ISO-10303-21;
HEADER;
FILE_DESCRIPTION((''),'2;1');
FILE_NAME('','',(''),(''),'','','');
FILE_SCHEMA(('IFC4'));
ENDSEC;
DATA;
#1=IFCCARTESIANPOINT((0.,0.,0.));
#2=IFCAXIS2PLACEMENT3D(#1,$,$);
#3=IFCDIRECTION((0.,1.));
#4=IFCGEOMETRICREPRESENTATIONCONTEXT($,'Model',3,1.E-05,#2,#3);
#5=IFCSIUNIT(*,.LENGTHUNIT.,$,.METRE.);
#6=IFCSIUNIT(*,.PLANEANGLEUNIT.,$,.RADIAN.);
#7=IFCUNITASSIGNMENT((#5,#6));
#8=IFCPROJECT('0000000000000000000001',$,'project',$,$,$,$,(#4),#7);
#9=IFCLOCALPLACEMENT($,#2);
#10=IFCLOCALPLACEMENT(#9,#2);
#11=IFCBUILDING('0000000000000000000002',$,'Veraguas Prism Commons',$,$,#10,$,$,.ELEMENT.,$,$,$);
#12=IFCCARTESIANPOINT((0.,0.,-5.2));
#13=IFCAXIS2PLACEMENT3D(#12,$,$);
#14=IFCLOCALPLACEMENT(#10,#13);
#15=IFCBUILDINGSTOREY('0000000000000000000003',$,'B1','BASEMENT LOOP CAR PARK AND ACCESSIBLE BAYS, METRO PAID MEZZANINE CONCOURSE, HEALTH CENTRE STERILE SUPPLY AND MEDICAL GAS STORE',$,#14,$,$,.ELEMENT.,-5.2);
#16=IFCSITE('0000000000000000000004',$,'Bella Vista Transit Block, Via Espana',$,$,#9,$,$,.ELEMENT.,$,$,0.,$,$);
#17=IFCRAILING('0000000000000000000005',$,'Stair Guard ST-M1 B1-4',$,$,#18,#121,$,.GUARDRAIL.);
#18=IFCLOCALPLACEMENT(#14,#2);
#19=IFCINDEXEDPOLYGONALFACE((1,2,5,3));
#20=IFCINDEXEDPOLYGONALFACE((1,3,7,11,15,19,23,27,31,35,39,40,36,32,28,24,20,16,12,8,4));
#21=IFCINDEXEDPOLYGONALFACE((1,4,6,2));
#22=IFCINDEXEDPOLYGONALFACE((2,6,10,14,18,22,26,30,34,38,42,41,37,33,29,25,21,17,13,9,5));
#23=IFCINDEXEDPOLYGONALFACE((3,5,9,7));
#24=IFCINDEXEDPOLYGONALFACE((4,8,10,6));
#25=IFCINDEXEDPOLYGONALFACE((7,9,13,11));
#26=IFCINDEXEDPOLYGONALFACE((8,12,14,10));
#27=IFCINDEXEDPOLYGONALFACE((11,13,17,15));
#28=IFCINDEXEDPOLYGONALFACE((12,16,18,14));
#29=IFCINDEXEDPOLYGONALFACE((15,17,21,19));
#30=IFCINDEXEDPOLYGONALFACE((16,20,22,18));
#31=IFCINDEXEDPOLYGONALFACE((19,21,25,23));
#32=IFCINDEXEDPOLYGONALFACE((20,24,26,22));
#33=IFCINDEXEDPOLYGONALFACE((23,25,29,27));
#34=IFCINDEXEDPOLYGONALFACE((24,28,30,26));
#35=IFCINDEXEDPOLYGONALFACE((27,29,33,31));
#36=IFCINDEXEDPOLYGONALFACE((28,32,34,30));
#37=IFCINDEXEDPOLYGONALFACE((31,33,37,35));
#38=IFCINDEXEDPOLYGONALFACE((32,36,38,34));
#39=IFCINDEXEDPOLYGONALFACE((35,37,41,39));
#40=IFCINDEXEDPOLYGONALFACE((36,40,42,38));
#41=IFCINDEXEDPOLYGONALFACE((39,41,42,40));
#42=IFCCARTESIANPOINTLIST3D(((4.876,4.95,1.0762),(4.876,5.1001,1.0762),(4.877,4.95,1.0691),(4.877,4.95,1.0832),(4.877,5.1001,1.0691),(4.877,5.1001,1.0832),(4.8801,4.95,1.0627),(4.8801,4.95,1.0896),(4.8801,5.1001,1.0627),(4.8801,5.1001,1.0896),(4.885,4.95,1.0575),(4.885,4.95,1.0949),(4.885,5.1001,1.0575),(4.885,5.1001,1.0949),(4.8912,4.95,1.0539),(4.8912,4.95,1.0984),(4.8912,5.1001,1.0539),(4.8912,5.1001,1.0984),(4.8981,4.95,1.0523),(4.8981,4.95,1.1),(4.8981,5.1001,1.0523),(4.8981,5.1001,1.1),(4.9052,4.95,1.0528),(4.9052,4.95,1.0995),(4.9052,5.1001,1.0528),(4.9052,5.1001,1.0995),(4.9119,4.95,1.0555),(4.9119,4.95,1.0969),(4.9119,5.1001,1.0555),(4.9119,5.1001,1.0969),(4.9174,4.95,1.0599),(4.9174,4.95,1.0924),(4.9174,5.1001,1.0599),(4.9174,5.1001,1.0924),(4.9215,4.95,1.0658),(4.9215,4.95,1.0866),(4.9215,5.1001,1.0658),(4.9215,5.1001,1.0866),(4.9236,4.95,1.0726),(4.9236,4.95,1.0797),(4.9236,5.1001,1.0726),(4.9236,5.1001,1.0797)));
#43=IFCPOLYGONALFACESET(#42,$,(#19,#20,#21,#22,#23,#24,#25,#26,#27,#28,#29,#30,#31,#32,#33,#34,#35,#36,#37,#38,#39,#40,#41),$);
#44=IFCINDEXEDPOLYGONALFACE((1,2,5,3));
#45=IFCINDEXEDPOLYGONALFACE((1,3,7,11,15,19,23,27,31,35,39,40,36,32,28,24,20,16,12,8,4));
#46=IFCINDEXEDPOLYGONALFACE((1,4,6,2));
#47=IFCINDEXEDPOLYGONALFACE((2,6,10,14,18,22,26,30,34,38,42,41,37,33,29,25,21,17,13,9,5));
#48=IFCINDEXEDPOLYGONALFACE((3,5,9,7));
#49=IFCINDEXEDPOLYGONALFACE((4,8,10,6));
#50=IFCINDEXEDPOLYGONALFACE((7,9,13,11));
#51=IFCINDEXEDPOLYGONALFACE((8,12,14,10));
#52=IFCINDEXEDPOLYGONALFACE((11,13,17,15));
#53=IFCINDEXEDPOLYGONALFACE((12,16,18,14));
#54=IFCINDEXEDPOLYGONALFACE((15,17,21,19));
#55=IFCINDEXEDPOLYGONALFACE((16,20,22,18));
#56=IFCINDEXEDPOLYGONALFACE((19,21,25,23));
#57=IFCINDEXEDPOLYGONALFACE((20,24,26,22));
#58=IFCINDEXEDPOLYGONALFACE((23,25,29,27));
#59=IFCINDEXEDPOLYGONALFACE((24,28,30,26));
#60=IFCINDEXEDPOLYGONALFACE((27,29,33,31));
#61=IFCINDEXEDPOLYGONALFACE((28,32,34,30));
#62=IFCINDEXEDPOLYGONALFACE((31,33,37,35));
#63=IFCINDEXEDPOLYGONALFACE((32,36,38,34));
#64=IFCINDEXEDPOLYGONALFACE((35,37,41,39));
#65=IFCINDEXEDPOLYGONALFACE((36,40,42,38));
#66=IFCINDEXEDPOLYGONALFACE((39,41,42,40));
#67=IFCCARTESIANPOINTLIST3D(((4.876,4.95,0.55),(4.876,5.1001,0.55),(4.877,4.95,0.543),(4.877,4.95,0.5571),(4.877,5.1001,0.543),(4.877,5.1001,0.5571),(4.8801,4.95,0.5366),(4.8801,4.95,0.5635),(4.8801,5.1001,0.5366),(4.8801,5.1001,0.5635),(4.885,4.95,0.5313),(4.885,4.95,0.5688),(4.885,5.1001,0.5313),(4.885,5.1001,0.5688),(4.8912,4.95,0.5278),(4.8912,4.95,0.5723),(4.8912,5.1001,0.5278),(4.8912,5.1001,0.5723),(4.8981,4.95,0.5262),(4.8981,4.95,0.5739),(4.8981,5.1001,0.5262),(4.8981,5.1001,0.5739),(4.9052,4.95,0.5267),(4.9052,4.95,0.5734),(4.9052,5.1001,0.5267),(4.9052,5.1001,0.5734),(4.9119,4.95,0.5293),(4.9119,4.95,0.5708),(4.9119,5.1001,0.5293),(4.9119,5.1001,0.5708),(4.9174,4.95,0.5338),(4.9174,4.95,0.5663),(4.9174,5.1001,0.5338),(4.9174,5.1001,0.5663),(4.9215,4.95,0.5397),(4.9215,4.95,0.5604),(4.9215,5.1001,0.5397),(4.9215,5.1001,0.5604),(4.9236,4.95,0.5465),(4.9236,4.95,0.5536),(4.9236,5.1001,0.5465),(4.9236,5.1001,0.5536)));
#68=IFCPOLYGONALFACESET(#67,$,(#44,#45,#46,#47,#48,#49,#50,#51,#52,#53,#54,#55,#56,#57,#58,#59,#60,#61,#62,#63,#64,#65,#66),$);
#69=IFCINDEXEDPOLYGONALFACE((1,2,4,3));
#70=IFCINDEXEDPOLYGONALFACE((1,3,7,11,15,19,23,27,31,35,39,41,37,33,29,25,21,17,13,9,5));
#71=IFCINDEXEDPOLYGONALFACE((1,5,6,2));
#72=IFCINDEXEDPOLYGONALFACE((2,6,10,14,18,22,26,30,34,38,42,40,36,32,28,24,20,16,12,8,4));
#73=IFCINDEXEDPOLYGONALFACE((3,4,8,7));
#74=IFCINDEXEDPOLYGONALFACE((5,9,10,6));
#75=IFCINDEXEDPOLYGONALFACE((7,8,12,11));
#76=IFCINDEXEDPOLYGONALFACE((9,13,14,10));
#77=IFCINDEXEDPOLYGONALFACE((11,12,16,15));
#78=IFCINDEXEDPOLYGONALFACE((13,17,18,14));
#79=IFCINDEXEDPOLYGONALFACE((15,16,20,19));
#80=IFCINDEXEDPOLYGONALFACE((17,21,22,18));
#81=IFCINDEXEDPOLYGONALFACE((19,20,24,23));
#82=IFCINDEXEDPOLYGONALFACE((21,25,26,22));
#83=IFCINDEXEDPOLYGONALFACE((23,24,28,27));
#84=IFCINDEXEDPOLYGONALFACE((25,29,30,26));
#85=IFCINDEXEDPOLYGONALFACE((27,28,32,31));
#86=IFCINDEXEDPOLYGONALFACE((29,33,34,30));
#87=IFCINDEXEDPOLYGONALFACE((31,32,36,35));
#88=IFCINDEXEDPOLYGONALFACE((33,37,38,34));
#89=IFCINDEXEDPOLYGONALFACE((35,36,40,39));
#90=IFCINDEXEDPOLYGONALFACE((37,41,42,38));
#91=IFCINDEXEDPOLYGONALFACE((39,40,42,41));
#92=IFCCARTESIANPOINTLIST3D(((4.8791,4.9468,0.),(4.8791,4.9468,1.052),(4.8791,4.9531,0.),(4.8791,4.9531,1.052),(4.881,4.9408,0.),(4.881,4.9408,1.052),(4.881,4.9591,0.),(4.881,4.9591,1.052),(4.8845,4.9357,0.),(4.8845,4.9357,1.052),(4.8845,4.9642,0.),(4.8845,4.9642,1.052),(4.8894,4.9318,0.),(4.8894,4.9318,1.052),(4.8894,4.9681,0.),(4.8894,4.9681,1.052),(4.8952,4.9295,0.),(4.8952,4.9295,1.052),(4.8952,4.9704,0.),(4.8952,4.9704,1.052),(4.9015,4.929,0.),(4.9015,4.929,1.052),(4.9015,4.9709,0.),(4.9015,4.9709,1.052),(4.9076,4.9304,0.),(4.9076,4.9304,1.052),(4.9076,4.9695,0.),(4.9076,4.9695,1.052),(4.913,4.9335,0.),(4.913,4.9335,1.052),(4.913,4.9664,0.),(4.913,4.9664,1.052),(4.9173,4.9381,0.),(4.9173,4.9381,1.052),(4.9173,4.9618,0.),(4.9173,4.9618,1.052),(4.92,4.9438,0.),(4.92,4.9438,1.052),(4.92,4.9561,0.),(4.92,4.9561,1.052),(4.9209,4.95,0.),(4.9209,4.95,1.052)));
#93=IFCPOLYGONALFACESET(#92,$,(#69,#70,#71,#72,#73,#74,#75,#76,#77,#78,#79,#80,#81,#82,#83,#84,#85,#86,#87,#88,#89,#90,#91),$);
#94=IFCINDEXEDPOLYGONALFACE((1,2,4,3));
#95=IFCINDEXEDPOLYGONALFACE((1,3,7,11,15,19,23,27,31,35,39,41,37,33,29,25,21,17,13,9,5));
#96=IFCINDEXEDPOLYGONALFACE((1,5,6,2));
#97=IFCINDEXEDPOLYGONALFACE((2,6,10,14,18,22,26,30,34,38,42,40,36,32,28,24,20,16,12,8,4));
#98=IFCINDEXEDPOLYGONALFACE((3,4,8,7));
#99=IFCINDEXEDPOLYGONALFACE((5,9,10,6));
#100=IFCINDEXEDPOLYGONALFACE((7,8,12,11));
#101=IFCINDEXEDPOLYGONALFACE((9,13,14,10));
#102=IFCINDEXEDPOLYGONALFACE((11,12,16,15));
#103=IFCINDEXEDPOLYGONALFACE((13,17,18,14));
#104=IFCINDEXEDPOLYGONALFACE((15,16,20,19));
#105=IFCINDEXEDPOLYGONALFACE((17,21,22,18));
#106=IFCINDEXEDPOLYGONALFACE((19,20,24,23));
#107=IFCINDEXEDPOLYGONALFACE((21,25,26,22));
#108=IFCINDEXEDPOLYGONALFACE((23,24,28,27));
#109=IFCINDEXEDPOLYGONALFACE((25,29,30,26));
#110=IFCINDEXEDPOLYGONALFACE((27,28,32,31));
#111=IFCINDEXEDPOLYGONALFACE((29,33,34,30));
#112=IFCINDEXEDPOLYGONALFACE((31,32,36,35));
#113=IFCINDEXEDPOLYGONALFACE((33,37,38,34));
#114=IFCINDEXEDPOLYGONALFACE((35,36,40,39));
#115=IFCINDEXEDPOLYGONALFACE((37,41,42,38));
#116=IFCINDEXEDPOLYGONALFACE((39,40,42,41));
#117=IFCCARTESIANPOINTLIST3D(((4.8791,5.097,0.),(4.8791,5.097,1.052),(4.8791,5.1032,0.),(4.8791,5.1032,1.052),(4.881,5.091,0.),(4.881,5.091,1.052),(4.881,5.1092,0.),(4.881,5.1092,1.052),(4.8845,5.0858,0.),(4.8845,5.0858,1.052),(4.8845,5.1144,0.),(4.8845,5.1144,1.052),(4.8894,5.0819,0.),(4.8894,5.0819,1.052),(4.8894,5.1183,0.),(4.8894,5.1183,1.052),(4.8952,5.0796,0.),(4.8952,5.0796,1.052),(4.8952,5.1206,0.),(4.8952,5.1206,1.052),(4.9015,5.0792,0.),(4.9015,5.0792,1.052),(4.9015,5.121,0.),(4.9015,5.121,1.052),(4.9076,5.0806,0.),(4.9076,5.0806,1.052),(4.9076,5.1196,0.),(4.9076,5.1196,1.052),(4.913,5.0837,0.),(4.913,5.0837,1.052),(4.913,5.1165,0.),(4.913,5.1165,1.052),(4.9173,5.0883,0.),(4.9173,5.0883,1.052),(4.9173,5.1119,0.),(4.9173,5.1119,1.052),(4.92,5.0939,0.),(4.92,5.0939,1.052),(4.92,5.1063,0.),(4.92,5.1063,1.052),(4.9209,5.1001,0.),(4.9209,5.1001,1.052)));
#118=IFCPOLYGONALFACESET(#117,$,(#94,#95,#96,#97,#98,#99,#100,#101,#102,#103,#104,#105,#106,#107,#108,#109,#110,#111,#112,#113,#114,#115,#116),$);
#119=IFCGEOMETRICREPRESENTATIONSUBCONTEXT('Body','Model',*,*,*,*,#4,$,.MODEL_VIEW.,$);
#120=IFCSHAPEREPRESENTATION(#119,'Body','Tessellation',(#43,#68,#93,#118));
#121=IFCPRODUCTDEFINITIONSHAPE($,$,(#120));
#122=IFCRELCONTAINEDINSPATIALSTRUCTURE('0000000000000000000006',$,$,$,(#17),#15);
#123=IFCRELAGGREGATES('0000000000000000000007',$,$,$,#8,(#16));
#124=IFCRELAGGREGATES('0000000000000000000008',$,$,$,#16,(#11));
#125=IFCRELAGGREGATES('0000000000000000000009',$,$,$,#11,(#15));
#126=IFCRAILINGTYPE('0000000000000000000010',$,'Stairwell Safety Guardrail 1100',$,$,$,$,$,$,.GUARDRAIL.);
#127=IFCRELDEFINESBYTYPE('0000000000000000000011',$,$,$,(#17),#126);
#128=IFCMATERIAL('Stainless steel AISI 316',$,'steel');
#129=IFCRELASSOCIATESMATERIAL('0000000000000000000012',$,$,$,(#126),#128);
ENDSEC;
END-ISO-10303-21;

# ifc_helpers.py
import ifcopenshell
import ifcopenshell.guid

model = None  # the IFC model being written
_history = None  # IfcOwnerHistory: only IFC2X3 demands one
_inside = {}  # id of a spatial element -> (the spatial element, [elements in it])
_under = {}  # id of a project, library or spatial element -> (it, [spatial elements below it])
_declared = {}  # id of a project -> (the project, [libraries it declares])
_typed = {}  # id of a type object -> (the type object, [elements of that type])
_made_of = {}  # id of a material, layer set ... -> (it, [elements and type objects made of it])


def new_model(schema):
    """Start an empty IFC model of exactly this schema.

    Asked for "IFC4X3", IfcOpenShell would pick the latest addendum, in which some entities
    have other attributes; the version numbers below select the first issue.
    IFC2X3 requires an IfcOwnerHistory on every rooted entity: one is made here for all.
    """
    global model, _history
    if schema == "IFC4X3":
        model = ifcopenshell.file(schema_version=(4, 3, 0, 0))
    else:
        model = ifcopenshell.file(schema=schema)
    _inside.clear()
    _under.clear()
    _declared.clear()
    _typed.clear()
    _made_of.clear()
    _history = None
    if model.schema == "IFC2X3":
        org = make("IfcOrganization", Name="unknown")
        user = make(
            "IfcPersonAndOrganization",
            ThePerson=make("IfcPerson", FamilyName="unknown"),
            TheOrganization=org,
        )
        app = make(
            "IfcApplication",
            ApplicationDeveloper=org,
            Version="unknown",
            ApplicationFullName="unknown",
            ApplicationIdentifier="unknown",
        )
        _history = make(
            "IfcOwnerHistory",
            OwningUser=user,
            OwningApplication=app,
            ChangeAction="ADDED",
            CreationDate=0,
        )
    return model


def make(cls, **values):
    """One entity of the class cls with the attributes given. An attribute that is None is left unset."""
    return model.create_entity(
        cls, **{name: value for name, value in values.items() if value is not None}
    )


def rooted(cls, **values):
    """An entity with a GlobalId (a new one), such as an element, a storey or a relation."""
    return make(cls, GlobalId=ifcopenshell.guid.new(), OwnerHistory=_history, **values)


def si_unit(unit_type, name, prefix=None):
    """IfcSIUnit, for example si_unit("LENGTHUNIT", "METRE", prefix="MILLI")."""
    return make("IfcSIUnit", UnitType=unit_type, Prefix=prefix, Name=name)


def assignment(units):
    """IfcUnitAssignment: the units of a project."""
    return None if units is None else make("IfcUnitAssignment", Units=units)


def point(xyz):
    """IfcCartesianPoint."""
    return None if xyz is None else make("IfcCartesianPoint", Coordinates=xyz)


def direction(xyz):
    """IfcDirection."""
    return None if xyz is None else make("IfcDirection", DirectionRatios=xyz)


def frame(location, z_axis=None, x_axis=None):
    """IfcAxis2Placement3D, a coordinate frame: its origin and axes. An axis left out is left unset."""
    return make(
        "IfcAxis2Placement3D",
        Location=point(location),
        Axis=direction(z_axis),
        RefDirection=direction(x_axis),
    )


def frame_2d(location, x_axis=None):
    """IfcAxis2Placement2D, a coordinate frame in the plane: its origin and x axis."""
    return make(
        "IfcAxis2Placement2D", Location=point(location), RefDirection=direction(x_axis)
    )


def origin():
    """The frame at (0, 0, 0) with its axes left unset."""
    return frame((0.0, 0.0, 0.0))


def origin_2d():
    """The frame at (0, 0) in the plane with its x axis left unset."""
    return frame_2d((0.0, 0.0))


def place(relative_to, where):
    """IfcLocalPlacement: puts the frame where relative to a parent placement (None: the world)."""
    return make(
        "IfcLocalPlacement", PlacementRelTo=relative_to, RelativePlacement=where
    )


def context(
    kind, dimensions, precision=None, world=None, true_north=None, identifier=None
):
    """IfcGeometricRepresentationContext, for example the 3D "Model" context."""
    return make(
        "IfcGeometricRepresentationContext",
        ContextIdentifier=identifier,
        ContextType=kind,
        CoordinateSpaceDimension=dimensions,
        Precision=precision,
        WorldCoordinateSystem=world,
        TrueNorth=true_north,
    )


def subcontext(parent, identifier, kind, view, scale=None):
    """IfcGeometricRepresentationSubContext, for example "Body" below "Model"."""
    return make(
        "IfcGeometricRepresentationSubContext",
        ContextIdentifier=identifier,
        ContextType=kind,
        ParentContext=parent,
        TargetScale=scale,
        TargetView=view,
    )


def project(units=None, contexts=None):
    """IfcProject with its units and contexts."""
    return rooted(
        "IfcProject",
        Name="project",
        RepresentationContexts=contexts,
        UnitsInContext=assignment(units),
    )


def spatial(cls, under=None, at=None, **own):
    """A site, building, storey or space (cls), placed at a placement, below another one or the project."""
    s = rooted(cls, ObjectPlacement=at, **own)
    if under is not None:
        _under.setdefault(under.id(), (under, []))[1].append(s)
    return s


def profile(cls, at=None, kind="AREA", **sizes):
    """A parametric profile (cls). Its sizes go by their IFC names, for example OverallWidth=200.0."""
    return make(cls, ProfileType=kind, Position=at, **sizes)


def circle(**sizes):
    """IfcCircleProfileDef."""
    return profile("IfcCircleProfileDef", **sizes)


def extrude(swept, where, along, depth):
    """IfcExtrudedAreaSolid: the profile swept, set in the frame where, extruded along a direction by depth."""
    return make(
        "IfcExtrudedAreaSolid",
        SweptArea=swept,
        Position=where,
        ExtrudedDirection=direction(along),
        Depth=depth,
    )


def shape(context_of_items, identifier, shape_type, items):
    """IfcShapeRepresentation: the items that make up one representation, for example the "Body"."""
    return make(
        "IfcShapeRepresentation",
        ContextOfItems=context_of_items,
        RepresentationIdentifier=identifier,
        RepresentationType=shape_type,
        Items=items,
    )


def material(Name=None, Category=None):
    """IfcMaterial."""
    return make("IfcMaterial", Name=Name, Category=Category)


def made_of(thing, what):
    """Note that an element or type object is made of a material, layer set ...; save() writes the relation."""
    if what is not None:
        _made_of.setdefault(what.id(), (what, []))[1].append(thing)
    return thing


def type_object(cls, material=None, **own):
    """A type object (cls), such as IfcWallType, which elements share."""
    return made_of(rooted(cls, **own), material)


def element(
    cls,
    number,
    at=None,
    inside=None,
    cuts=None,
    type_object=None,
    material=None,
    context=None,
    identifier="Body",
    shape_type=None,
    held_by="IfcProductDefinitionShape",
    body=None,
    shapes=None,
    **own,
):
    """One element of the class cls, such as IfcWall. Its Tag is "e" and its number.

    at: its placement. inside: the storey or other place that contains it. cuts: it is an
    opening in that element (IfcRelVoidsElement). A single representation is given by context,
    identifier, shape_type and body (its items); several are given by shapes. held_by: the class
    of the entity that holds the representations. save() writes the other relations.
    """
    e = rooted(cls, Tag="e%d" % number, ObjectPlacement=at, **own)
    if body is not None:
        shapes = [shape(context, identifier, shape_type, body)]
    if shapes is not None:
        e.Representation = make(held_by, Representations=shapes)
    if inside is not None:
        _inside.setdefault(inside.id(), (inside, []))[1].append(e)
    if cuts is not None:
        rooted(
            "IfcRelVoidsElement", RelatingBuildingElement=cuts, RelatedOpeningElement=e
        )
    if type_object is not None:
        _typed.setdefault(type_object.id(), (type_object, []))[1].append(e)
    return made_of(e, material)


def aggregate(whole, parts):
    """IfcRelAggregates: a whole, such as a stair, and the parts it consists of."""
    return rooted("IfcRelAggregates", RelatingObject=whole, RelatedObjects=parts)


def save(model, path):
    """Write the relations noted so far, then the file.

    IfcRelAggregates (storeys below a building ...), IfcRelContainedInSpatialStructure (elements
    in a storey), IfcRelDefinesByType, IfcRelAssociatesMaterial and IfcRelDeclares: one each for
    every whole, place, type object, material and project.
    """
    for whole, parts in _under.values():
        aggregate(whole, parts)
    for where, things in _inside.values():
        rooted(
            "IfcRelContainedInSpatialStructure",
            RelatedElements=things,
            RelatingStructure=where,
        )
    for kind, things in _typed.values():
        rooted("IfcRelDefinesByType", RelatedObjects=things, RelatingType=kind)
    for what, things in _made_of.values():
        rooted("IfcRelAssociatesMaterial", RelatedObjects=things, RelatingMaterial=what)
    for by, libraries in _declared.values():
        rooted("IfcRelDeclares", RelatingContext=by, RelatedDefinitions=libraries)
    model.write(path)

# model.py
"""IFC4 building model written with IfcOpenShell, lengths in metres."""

from ifc_helpers import new_model, si_unit, direction, frame, origin, origin_2d, place, context, subcontext, project, spatial, circle, extrude, material, type_object, element, save


model = new_model("IFC4")

# Units and contexts
model_context = context("Model", 3, precision=1e-05, world=origin(), true_north=direction((0.0, 1.0)))
body_context = subcontext(model_context, "Body", "Model", "MODEL_VIEW")
ifc_project = project(units=[si_unit("LENGTHUNIT", "METRE"), si_unit("PLANEANGLEUNIT", "RADIAN")], contexts=[model_context])

# Site, building, storey
site_placement = place(None, origin())
site = spatial("IfcSite", under=ifc_project, at=site_placement, Name="Bella Vista Transit Block, Via Espana", CompositionType="ELEMENT", RefElevation=0.0)
building_placement = place(site_placement, origin())
building = spatial("IfcBuilding", under=site, at=building_placement, Name="Veraguas Prism Commons", CompositionType="ELEMENT")
storey_placement = place(building_placement, frame((0.0, 0.0, -5.2)))
storey = spatial("IfcBuildingStorey", under=building, at=storey_placement, Name="B1", Description="BASEMENT LOOP CAR PARK AND ACCESSIBLE BAYS, METRO PAID MEZZANINE CONCOURSE, HEALTH CENTRE STERILE SUPPLY AND MEDICAL GAS STORE", CompositionType="ELEMENT", Elevation=-5.2)

# Shared definitions
ifc_material_1 = material(Name="Stainless steel AISI 316", Category="steel")

# Railing
railing_type_1 = type_object("IfcRailingType", Name="Stairwell Safety Guardrail 1100", PredefinedType="GUARDRAIL", material=ifc_material_1)
railing_1_placement = place(storey_placement, frame((4.8999, 4.95, 0.0)))
element("IfcRailing", 1, at=railing_1_placement, inside=storey, type_object=railing_type_1, Name="Stair Guard ST-M1 B1-4", PredefinedType="GUARDRAIL", context=body_context, shape_type="SweptSolid", body=[
    extrude(circle(Radius=0.0239, at=origin_2d()), frame((0.0, 0.0, 1.0762), z_axis=(0.0, 1.0, 0.0), x_axis=(-1.0, 0.0, 0.0)), (0.0, 0.0, 1.0), 0.1501),
    extrude(circle(Radius=0.0239, at=origin_2d()), frame((0.0, 0.0, 0.55), z_axis=(0.0, 1.0, 0.0), x_axis=(-1.0, 0.0, 0.0)), (0.0, 0.0, 1.0), 0.1501),
    extrude(circle(Radius=0.021, at=origin_2d()), origin(), (0.0, 0.0, 1.0), 1.052),
    extrude(circle(Radius=0.021, at=origin_2d()), frame((0.0, 0.1501, 0.0)), (0.0, 0.0, 1.0), 1.052),
])

save(model, "model.ifc")
